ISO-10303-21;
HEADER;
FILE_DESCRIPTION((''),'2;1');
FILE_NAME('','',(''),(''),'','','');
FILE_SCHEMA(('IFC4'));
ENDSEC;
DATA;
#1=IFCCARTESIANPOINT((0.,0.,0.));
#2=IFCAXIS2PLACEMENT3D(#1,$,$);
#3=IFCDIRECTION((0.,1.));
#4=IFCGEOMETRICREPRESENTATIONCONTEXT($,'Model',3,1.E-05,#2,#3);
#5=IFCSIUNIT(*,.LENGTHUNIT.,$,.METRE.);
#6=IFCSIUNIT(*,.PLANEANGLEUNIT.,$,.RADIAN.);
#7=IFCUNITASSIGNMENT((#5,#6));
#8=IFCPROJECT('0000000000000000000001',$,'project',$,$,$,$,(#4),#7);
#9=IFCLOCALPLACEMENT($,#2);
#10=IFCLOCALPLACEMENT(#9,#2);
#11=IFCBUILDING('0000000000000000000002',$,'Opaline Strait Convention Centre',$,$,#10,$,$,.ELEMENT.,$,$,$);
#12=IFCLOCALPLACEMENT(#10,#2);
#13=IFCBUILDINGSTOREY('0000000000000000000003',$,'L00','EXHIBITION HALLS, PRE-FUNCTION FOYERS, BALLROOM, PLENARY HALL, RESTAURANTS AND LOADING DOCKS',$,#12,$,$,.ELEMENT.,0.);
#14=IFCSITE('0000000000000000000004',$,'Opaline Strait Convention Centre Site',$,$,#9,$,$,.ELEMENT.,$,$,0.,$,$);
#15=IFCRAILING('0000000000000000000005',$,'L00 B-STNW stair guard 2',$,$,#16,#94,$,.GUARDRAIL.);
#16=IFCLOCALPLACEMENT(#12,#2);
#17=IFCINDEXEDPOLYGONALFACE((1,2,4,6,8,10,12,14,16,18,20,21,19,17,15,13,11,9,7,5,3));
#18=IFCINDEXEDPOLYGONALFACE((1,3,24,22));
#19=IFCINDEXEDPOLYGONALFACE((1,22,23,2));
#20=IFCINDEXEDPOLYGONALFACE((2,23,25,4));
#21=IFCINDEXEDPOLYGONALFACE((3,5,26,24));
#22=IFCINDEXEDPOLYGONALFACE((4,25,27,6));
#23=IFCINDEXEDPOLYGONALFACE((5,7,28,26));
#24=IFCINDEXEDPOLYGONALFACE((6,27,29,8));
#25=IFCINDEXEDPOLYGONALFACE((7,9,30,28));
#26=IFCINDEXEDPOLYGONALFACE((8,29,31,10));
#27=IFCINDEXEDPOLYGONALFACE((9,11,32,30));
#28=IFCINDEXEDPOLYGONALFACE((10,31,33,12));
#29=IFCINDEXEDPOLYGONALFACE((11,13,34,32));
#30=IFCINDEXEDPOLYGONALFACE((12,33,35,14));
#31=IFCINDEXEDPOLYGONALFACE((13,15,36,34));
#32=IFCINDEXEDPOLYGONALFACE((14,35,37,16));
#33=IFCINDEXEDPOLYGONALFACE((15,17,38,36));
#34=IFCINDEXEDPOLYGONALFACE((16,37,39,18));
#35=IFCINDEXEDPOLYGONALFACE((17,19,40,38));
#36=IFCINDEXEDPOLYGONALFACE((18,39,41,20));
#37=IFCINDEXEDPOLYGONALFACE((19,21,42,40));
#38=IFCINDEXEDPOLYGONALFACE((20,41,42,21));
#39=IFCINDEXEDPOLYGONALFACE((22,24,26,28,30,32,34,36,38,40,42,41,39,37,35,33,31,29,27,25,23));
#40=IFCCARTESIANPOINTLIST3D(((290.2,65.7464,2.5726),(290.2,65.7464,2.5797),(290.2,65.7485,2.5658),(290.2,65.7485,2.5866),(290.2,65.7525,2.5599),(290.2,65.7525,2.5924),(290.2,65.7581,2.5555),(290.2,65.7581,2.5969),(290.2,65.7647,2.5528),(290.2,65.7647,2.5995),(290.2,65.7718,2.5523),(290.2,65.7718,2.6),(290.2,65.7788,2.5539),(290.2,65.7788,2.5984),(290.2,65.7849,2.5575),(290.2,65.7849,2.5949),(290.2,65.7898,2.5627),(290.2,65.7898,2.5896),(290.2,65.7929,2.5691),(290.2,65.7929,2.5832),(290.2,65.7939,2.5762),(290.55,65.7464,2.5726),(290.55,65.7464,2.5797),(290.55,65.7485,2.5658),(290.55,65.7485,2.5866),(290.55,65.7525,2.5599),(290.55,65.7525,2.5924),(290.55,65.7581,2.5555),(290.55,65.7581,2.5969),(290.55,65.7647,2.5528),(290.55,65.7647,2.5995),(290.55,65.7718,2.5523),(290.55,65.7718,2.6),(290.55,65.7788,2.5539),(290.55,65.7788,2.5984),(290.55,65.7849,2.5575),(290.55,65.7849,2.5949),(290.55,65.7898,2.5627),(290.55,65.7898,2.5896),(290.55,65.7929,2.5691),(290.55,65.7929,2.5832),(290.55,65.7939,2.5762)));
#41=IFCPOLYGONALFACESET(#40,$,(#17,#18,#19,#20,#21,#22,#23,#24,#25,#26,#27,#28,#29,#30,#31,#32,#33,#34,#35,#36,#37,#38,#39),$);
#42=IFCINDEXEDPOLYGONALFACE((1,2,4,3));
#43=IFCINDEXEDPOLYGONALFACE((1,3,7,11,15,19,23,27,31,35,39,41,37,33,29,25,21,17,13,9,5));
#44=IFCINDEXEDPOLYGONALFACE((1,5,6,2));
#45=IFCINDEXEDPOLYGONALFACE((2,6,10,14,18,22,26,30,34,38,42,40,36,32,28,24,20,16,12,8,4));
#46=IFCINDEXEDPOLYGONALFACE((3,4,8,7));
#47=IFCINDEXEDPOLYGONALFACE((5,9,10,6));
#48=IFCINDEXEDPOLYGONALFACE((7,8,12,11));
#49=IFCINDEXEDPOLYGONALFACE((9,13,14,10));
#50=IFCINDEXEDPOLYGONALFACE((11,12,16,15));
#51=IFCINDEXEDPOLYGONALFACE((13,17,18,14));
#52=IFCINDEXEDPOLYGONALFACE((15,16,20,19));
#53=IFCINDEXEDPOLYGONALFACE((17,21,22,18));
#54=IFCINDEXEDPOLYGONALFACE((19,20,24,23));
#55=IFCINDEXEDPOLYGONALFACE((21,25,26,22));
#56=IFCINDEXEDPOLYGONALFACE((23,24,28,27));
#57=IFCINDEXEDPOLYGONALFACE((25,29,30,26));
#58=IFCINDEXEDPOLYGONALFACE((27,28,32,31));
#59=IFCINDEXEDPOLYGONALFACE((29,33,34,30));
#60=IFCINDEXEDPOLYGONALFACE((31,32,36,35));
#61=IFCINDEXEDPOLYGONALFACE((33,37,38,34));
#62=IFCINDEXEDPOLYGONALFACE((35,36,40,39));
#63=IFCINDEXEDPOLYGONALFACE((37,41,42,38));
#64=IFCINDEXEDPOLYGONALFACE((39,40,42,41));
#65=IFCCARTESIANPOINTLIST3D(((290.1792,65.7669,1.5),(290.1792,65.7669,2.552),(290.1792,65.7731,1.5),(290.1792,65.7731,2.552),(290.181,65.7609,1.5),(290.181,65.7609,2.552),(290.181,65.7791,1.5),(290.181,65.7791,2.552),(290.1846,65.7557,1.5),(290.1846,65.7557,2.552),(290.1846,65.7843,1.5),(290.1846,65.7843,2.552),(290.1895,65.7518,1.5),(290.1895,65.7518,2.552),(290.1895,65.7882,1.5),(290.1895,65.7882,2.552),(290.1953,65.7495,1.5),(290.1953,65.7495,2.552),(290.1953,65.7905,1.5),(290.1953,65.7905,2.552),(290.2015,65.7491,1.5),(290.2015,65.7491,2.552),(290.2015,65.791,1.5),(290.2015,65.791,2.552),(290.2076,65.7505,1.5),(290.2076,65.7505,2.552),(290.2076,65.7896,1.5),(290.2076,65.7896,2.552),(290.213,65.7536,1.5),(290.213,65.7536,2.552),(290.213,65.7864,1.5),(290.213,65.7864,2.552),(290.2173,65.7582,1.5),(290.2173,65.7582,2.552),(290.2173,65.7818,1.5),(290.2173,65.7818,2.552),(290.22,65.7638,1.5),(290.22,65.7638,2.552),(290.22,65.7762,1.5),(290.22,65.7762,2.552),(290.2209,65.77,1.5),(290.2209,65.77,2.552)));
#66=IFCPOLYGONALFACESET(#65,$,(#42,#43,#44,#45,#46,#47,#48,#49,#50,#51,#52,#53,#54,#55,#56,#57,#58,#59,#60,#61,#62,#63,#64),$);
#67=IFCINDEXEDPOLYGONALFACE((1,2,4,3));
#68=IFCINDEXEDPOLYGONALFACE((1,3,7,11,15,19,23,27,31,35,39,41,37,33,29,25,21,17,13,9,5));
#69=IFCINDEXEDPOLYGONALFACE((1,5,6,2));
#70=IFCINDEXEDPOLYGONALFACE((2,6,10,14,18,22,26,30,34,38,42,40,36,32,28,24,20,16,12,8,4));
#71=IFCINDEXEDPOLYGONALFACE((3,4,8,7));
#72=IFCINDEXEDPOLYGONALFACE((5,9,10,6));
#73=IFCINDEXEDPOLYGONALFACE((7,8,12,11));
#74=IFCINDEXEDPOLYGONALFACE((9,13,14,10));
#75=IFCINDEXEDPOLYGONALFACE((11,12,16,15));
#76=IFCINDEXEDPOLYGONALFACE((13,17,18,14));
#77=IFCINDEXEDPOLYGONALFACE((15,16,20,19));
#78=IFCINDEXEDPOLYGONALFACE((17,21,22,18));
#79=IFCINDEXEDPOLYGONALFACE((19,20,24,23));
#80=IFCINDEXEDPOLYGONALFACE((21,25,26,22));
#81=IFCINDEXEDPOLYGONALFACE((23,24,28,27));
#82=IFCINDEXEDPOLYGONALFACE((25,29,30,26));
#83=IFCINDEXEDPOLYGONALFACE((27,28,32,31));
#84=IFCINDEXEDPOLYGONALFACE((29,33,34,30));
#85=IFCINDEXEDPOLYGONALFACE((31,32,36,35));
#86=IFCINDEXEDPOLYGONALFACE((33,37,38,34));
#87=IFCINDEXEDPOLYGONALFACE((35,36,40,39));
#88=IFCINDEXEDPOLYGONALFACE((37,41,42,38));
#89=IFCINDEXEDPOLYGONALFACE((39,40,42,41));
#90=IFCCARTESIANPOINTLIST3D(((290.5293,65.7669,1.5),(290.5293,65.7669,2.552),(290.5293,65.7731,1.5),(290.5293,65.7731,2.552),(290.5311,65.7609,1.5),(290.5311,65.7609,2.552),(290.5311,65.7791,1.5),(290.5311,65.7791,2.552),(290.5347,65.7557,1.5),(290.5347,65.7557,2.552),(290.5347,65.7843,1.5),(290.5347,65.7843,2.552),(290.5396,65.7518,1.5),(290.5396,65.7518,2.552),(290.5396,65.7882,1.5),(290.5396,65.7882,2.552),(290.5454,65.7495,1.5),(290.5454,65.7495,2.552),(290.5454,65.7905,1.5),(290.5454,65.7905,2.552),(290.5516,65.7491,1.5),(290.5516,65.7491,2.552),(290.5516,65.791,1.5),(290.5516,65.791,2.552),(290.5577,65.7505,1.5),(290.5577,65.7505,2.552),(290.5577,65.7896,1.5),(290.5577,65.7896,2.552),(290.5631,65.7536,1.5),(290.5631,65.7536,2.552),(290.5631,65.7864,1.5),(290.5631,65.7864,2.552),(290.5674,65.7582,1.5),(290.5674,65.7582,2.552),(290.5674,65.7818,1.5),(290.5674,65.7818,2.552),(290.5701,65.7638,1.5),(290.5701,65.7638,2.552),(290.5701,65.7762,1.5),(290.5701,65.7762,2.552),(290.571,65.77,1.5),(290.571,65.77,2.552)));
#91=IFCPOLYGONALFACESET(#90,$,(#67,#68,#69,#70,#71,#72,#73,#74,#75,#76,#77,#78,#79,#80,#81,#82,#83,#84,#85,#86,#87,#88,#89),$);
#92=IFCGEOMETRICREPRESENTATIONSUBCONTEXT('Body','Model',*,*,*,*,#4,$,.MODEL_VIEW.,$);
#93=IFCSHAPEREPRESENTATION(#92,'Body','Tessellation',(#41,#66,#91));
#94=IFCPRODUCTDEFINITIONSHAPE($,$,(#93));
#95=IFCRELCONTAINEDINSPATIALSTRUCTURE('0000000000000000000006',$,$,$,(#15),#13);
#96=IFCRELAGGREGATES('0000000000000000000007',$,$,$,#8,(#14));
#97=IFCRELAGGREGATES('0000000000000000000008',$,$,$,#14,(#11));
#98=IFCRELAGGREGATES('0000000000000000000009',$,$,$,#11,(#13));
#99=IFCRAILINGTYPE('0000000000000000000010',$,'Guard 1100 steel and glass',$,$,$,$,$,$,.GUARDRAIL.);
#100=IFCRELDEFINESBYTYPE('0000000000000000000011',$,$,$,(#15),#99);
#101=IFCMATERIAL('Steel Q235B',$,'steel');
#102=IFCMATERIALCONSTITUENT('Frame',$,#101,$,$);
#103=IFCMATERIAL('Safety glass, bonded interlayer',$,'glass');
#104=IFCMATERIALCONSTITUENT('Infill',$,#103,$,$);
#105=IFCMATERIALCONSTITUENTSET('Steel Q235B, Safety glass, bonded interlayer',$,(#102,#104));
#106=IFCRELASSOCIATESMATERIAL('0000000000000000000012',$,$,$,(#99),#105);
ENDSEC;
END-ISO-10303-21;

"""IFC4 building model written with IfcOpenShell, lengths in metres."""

from ifc_helpers import new_model, si_unit, direction, frame, origin, origin_2d, place, context, subcontext, project, spatial, circle, extrude, material, constituent, constituent_set, type_object, element, save


model = new_model("IFC4")

# Units and contexts
model_context = context("Model", 3, precision=1e-05, world=origin(), true_north=direction((0.0, 1.0)))
body_context = subcontext(model_context, "Body", "Model", "MODEL_VIEW")
ifc_project = project(units=[si_unit("LENGTHUNIT", "METRE"), si_unit("PLANEANGLEUNIT", "RADIAN")], contexts=[model_context])

# Site, building, storey
site_placement = place(None, origin())
site = spatial("IfcSite", under=ifc_project, at=site_placement, Name="Opaline Strait Convention Centre Site", CompositionType="ELEMENT", RefElevation=0.0)
building_placement = place(site_placement, origin())
building = spatial("IfcBuilding", under=site, at=building_placement, Name="Opaline Strait Convention Centre", CompositionType="ELEMENT")
storey_placement = place(building_placement, origin())
storey = spatial("IfcBuildingStorey", under=building, at=storey_placement, Name="L00", Description="EXHIBITION HALLS, PRE-FUNCTION FOYERS, BALLROOM, PLENARY HALL, RESTAURANTS AND LOADING DOCKS", CompositionType="ELEMENT", Elevation=0.0)

# Shared definitions
ifc_material_1 = material(Name="Steel Q235B", Category="steel")

# Railing
ifc_constituent_1 = constituent(ifc_material_1, Name="Frame")
ifc_material_2 = material(Name="Safety glass, bonded interlayer", Category="glass")
ifc_constituent_2 = constituent(ifc_material_2, Name="Infill")
ifc_constituent_set = constituent_set(constituents=[ifc_constituent_1, ifc_constituent_2], Name="Steel Q235B, Safety glass, bonded interlayer")
railing_type_1 = type_object("IfcRailingType", Name="Guard 1100 steel and glass", PredefinedType="GUARDRAIL", material=ifc_constituent_set)
railing_1_placement = place(storey_placement, frame((290.2, 65.77, 1.5)))
element("IfcRailing", 1, at=railing_1_placement, inside=storey, type_object=railing_type_1, Name="L00 B-STNW stair guard 2", PredefinedType="GUARDRAIL", context=body_context, shape_type="SweptSolid", body=[
    extrude(circle(Radius=0.0239, at=origin_2d()), frame((0.0, 0.0, 1.0762), z_axis=(1.0, 0.0, 0.0), x_axis=(0.0, 1.0, 0.0)), (0.0, 0.0, 1.0), 0.3501),
    extrude(circle(Radius=0.021, at=origin_2d()), origin(), (0.0, 0.0, 1.0), 1.052),
    extrude(circle(Radius=0.021, at=origin_2d()), frame((0.3501, 0.0, 0.0)), (0.0, 0.0, 1.0), 1.052),
])

save(model, "model.ifc")
